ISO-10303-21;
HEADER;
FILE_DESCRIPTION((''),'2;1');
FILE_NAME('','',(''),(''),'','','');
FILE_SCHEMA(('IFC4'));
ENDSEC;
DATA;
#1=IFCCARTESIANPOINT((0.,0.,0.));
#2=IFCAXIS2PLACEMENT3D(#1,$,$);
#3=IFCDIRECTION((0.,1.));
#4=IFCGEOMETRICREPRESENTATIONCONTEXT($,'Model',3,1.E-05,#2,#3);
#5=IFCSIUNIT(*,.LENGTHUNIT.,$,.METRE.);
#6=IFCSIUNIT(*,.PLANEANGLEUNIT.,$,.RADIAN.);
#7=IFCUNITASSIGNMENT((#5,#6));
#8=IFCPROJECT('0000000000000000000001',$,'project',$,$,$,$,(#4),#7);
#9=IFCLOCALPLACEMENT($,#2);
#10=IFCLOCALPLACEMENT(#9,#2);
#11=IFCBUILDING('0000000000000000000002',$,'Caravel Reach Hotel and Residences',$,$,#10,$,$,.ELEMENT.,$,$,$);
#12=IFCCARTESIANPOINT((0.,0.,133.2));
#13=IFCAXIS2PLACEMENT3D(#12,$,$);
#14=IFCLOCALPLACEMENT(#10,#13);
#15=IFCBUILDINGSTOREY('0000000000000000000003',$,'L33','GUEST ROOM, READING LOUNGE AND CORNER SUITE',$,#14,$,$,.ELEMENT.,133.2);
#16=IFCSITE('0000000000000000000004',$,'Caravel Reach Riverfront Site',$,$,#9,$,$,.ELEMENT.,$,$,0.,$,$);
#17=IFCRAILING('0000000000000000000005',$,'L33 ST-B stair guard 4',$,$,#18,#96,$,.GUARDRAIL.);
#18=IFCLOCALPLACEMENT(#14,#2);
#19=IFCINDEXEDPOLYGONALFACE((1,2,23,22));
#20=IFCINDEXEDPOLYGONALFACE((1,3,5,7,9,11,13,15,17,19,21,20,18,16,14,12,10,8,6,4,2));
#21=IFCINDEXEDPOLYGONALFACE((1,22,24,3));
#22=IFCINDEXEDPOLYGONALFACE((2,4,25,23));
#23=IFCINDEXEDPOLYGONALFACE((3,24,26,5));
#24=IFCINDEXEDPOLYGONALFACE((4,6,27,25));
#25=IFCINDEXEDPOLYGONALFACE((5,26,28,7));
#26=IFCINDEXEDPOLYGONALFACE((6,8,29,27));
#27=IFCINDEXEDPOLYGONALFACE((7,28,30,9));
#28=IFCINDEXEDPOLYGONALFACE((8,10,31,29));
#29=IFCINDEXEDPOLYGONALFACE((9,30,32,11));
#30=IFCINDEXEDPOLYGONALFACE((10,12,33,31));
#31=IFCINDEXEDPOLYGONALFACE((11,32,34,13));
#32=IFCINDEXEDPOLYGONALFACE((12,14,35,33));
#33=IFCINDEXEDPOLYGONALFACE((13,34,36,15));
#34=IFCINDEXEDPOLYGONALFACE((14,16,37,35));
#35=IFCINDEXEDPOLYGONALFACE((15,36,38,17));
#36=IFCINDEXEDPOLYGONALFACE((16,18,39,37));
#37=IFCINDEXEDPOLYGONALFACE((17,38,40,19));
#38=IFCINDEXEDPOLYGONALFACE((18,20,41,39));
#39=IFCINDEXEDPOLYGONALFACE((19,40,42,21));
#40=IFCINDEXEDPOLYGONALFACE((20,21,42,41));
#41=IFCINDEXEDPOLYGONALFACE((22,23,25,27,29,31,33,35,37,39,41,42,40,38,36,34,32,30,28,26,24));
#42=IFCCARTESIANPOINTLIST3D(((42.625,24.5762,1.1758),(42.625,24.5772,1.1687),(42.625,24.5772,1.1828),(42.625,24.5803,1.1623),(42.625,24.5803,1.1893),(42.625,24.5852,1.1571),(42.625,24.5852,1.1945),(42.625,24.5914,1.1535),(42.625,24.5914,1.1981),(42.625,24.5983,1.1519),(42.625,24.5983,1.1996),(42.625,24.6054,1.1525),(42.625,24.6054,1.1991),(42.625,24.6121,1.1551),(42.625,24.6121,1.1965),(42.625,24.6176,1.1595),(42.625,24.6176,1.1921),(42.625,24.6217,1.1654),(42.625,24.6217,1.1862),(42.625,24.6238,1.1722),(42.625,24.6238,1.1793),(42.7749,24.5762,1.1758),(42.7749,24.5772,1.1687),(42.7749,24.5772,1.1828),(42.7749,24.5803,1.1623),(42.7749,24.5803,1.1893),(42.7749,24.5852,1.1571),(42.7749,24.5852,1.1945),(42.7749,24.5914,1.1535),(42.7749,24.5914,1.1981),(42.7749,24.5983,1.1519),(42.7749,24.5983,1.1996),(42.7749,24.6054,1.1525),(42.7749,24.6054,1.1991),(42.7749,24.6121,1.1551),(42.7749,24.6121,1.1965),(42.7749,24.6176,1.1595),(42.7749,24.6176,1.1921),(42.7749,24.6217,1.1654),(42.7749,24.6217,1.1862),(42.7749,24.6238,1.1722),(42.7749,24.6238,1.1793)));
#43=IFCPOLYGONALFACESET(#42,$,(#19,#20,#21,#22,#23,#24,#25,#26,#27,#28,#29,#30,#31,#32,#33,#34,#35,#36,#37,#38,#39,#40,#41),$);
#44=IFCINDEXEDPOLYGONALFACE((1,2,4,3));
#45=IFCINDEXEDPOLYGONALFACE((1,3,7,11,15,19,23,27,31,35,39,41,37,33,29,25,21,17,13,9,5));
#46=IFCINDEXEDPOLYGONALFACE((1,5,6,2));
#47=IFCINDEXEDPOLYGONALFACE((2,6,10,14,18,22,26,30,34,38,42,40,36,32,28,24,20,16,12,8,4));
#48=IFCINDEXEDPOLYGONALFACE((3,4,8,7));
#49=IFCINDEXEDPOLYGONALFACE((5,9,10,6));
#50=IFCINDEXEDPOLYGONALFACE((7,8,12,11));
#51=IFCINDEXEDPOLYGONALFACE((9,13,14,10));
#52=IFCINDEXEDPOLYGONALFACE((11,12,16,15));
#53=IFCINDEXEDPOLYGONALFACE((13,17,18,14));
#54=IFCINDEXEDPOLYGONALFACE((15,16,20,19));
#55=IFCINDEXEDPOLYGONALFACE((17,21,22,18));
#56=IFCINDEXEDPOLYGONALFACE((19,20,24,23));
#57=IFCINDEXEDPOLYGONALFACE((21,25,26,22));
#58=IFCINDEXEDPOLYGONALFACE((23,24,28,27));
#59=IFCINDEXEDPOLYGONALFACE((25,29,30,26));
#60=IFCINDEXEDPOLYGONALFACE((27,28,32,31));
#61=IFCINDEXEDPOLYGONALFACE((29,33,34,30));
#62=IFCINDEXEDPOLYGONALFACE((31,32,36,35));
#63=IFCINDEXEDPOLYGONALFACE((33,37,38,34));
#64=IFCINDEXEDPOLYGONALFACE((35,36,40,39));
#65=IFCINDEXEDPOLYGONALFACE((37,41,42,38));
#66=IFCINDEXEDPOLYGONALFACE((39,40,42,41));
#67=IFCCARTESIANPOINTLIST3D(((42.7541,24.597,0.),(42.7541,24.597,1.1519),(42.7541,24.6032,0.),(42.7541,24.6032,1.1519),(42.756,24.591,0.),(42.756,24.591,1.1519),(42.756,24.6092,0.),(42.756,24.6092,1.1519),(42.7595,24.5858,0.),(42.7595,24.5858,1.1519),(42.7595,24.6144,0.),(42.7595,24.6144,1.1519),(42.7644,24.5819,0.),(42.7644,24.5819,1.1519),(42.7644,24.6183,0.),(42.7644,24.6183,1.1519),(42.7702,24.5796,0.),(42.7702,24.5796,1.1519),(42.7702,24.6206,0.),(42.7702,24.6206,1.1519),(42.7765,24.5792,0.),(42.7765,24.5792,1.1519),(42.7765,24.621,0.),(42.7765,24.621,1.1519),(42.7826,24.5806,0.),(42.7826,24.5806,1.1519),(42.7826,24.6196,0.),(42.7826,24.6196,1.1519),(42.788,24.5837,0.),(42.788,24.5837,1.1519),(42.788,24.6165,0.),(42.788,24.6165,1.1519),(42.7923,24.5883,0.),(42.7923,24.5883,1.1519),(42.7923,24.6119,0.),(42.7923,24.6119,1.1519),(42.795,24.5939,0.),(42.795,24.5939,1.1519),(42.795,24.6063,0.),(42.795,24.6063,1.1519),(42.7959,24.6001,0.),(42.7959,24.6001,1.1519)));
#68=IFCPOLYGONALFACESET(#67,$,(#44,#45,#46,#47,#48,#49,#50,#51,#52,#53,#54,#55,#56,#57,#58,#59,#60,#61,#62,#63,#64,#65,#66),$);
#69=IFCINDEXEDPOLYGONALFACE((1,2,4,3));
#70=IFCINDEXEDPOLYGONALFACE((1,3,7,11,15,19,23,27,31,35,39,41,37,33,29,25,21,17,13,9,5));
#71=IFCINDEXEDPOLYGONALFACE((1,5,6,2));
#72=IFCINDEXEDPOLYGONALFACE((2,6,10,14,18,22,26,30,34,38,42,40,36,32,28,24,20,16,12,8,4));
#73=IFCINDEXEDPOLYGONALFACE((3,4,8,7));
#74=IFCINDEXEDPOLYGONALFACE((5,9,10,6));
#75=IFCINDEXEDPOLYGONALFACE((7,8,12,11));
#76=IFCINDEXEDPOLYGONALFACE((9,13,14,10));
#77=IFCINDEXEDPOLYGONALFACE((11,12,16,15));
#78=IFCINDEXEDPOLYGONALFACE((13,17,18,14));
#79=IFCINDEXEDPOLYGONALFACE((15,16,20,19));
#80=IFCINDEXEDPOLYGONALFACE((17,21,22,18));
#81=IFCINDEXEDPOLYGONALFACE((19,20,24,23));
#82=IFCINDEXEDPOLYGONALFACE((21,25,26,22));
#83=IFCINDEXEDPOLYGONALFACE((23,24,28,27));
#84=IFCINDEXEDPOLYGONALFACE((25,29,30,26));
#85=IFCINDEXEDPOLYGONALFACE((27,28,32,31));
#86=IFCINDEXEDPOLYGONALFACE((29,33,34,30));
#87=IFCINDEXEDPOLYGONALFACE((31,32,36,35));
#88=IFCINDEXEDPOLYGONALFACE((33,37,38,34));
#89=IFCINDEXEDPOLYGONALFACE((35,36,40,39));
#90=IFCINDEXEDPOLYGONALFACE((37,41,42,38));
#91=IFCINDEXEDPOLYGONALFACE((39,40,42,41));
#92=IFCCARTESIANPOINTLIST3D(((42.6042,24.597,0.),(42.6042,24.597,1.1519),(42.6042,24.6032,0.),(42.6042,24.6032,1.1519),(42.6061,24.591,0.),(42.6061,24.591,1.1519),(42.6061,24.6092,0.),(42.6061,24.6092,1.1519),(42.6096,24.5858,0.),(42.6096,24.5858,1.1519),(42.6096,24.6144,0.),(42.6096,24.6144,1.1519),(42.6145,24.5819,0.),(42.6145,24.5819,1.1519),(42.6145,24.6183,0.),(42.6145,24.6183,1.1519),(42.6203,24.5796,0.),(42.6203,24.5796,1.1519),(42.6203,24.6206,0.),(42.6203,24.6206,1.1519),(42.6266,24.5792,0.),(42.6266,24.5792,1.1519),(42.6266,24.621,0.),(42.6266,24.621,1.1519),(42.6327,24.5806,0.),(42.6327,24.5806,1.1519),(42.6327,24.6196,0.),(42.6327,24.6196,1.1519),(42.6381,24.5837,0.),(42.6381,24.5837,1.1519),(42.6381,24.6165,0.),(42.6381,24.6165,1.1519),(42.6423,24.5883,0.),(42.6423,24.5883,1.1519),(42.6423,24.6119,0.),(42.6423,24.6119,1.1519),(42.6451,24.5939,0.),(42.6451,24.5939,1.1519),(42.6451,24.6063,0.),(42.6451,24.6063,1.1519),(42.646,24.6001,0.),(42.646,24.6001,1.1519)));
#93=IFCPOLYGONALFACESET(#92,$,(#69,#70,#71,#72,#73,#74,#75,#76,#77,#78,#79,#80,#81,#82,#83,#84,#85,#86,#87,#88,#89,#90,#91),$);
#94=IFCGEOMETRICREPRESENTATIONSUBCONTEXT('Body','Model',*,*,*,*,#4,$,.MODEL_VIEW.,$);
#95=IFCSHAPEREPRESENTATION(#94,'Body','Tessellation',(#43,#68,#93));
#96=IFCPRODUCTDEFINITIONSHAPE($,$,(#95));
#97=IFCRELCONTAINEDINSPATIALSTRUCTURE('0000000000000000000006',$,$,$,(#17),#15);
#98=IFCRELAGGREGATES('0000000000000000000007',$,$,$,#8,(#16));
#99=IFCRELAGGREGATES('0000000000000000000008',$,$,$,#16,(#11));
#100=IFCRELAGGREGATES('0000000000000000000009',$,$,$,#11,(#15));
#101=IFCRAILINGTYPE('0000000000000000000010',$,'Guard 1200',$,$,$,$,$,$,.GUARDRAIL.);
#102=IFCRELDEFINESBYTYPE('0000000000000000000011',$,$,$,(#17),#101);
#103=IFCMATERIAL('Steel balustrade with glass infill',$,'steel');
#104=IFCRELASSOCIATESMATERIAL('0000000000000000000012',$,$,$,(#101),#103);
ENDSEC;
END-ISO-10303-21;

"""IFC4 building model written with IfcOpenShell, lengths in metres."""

from ifc_helpers import new_model, si_unit, direction, frame, origin, origin_2d, place, context, subcontext, project, spatial, circle, extrude, material, type_object, element, save


model = new_model("IFC4")

# Units and contexts
model_context = context("Model", 3, precision=1e-05, world=origin(), true_north=direction((0.0, 1.0)))
body_context = subcontext(model_context, "Body", "Model", "MODEL_VIEW")
ifc_project = project(units=[si_unit("LENGTHUNIT", "METRE"), si_unit("PLANEANGLEUNIT", "RADIAN")], contexts=[model_context])

# Site, building, storey
site_placement = place(None, origin())
site = spatial("IfcSite", under=ifc_project, at=site_placement, Name="Caravel Reach Riverfront Site", CompositionType="ELEMENT", RefElevation=0.0)
building_placement = place(site_placement, origin())
building = spatial("IfcBuilding", under=site, at=building_placement, Name="Caravel Reach Hotel and Residences", CompositionType="ELEMENT")
storey_placement = place(building_placement, frame((0.0, 0.0, 133.2)))
storey = spatial("IfcBuildingStorey", under=building, at=storey_placement, Name="L33", Description="GUEST ROOM, READING LOUNGE AND CORNER SUITE", CompositionType="ELEMENT", Elevation=133.2)

# Railing
ifc_material_1 = material(Name="Steel balustrade with glass infill", Category="steel")
railing_type = type_object("IfcRailingType", Name="Guard 1200", PredefinedType="GUARDRAIL", material=ifc_material_1)
railing_1_placement = place(storey_placement, frame((42.7749, 24.6001, 0.0)))
element("IfcRailing", 1, at=railing_1_placement, inside=storey, type_object=railing_type, Name="L33 ST-B stair guard 4", PredefinedType="GUARDRAIL", context=body_context, shape_type="SweptSolid", body=[
    extrude(circle(Radius=0.0239, at=origin_2d()), frame((0.0, 0.0, 1.1758), z_axis=(-1.0, 0.0, 0.0), x_axis=(0.0, -1.0, 0.0)), (0.0, 0.0, 1.0), 0.1499),
    extrude(circle(Radius=0.021, at=origin_2d()), origin(), (0.0, 0.0, 1.0), 1.1519),
    extrude(circle(Radius=0.021, at=origin_2d()), frame((-0.1499, 0.0, 0.0)), (0.0, 0.0, 1.0), 1.1519),
])

save(model, "model.ifc")
